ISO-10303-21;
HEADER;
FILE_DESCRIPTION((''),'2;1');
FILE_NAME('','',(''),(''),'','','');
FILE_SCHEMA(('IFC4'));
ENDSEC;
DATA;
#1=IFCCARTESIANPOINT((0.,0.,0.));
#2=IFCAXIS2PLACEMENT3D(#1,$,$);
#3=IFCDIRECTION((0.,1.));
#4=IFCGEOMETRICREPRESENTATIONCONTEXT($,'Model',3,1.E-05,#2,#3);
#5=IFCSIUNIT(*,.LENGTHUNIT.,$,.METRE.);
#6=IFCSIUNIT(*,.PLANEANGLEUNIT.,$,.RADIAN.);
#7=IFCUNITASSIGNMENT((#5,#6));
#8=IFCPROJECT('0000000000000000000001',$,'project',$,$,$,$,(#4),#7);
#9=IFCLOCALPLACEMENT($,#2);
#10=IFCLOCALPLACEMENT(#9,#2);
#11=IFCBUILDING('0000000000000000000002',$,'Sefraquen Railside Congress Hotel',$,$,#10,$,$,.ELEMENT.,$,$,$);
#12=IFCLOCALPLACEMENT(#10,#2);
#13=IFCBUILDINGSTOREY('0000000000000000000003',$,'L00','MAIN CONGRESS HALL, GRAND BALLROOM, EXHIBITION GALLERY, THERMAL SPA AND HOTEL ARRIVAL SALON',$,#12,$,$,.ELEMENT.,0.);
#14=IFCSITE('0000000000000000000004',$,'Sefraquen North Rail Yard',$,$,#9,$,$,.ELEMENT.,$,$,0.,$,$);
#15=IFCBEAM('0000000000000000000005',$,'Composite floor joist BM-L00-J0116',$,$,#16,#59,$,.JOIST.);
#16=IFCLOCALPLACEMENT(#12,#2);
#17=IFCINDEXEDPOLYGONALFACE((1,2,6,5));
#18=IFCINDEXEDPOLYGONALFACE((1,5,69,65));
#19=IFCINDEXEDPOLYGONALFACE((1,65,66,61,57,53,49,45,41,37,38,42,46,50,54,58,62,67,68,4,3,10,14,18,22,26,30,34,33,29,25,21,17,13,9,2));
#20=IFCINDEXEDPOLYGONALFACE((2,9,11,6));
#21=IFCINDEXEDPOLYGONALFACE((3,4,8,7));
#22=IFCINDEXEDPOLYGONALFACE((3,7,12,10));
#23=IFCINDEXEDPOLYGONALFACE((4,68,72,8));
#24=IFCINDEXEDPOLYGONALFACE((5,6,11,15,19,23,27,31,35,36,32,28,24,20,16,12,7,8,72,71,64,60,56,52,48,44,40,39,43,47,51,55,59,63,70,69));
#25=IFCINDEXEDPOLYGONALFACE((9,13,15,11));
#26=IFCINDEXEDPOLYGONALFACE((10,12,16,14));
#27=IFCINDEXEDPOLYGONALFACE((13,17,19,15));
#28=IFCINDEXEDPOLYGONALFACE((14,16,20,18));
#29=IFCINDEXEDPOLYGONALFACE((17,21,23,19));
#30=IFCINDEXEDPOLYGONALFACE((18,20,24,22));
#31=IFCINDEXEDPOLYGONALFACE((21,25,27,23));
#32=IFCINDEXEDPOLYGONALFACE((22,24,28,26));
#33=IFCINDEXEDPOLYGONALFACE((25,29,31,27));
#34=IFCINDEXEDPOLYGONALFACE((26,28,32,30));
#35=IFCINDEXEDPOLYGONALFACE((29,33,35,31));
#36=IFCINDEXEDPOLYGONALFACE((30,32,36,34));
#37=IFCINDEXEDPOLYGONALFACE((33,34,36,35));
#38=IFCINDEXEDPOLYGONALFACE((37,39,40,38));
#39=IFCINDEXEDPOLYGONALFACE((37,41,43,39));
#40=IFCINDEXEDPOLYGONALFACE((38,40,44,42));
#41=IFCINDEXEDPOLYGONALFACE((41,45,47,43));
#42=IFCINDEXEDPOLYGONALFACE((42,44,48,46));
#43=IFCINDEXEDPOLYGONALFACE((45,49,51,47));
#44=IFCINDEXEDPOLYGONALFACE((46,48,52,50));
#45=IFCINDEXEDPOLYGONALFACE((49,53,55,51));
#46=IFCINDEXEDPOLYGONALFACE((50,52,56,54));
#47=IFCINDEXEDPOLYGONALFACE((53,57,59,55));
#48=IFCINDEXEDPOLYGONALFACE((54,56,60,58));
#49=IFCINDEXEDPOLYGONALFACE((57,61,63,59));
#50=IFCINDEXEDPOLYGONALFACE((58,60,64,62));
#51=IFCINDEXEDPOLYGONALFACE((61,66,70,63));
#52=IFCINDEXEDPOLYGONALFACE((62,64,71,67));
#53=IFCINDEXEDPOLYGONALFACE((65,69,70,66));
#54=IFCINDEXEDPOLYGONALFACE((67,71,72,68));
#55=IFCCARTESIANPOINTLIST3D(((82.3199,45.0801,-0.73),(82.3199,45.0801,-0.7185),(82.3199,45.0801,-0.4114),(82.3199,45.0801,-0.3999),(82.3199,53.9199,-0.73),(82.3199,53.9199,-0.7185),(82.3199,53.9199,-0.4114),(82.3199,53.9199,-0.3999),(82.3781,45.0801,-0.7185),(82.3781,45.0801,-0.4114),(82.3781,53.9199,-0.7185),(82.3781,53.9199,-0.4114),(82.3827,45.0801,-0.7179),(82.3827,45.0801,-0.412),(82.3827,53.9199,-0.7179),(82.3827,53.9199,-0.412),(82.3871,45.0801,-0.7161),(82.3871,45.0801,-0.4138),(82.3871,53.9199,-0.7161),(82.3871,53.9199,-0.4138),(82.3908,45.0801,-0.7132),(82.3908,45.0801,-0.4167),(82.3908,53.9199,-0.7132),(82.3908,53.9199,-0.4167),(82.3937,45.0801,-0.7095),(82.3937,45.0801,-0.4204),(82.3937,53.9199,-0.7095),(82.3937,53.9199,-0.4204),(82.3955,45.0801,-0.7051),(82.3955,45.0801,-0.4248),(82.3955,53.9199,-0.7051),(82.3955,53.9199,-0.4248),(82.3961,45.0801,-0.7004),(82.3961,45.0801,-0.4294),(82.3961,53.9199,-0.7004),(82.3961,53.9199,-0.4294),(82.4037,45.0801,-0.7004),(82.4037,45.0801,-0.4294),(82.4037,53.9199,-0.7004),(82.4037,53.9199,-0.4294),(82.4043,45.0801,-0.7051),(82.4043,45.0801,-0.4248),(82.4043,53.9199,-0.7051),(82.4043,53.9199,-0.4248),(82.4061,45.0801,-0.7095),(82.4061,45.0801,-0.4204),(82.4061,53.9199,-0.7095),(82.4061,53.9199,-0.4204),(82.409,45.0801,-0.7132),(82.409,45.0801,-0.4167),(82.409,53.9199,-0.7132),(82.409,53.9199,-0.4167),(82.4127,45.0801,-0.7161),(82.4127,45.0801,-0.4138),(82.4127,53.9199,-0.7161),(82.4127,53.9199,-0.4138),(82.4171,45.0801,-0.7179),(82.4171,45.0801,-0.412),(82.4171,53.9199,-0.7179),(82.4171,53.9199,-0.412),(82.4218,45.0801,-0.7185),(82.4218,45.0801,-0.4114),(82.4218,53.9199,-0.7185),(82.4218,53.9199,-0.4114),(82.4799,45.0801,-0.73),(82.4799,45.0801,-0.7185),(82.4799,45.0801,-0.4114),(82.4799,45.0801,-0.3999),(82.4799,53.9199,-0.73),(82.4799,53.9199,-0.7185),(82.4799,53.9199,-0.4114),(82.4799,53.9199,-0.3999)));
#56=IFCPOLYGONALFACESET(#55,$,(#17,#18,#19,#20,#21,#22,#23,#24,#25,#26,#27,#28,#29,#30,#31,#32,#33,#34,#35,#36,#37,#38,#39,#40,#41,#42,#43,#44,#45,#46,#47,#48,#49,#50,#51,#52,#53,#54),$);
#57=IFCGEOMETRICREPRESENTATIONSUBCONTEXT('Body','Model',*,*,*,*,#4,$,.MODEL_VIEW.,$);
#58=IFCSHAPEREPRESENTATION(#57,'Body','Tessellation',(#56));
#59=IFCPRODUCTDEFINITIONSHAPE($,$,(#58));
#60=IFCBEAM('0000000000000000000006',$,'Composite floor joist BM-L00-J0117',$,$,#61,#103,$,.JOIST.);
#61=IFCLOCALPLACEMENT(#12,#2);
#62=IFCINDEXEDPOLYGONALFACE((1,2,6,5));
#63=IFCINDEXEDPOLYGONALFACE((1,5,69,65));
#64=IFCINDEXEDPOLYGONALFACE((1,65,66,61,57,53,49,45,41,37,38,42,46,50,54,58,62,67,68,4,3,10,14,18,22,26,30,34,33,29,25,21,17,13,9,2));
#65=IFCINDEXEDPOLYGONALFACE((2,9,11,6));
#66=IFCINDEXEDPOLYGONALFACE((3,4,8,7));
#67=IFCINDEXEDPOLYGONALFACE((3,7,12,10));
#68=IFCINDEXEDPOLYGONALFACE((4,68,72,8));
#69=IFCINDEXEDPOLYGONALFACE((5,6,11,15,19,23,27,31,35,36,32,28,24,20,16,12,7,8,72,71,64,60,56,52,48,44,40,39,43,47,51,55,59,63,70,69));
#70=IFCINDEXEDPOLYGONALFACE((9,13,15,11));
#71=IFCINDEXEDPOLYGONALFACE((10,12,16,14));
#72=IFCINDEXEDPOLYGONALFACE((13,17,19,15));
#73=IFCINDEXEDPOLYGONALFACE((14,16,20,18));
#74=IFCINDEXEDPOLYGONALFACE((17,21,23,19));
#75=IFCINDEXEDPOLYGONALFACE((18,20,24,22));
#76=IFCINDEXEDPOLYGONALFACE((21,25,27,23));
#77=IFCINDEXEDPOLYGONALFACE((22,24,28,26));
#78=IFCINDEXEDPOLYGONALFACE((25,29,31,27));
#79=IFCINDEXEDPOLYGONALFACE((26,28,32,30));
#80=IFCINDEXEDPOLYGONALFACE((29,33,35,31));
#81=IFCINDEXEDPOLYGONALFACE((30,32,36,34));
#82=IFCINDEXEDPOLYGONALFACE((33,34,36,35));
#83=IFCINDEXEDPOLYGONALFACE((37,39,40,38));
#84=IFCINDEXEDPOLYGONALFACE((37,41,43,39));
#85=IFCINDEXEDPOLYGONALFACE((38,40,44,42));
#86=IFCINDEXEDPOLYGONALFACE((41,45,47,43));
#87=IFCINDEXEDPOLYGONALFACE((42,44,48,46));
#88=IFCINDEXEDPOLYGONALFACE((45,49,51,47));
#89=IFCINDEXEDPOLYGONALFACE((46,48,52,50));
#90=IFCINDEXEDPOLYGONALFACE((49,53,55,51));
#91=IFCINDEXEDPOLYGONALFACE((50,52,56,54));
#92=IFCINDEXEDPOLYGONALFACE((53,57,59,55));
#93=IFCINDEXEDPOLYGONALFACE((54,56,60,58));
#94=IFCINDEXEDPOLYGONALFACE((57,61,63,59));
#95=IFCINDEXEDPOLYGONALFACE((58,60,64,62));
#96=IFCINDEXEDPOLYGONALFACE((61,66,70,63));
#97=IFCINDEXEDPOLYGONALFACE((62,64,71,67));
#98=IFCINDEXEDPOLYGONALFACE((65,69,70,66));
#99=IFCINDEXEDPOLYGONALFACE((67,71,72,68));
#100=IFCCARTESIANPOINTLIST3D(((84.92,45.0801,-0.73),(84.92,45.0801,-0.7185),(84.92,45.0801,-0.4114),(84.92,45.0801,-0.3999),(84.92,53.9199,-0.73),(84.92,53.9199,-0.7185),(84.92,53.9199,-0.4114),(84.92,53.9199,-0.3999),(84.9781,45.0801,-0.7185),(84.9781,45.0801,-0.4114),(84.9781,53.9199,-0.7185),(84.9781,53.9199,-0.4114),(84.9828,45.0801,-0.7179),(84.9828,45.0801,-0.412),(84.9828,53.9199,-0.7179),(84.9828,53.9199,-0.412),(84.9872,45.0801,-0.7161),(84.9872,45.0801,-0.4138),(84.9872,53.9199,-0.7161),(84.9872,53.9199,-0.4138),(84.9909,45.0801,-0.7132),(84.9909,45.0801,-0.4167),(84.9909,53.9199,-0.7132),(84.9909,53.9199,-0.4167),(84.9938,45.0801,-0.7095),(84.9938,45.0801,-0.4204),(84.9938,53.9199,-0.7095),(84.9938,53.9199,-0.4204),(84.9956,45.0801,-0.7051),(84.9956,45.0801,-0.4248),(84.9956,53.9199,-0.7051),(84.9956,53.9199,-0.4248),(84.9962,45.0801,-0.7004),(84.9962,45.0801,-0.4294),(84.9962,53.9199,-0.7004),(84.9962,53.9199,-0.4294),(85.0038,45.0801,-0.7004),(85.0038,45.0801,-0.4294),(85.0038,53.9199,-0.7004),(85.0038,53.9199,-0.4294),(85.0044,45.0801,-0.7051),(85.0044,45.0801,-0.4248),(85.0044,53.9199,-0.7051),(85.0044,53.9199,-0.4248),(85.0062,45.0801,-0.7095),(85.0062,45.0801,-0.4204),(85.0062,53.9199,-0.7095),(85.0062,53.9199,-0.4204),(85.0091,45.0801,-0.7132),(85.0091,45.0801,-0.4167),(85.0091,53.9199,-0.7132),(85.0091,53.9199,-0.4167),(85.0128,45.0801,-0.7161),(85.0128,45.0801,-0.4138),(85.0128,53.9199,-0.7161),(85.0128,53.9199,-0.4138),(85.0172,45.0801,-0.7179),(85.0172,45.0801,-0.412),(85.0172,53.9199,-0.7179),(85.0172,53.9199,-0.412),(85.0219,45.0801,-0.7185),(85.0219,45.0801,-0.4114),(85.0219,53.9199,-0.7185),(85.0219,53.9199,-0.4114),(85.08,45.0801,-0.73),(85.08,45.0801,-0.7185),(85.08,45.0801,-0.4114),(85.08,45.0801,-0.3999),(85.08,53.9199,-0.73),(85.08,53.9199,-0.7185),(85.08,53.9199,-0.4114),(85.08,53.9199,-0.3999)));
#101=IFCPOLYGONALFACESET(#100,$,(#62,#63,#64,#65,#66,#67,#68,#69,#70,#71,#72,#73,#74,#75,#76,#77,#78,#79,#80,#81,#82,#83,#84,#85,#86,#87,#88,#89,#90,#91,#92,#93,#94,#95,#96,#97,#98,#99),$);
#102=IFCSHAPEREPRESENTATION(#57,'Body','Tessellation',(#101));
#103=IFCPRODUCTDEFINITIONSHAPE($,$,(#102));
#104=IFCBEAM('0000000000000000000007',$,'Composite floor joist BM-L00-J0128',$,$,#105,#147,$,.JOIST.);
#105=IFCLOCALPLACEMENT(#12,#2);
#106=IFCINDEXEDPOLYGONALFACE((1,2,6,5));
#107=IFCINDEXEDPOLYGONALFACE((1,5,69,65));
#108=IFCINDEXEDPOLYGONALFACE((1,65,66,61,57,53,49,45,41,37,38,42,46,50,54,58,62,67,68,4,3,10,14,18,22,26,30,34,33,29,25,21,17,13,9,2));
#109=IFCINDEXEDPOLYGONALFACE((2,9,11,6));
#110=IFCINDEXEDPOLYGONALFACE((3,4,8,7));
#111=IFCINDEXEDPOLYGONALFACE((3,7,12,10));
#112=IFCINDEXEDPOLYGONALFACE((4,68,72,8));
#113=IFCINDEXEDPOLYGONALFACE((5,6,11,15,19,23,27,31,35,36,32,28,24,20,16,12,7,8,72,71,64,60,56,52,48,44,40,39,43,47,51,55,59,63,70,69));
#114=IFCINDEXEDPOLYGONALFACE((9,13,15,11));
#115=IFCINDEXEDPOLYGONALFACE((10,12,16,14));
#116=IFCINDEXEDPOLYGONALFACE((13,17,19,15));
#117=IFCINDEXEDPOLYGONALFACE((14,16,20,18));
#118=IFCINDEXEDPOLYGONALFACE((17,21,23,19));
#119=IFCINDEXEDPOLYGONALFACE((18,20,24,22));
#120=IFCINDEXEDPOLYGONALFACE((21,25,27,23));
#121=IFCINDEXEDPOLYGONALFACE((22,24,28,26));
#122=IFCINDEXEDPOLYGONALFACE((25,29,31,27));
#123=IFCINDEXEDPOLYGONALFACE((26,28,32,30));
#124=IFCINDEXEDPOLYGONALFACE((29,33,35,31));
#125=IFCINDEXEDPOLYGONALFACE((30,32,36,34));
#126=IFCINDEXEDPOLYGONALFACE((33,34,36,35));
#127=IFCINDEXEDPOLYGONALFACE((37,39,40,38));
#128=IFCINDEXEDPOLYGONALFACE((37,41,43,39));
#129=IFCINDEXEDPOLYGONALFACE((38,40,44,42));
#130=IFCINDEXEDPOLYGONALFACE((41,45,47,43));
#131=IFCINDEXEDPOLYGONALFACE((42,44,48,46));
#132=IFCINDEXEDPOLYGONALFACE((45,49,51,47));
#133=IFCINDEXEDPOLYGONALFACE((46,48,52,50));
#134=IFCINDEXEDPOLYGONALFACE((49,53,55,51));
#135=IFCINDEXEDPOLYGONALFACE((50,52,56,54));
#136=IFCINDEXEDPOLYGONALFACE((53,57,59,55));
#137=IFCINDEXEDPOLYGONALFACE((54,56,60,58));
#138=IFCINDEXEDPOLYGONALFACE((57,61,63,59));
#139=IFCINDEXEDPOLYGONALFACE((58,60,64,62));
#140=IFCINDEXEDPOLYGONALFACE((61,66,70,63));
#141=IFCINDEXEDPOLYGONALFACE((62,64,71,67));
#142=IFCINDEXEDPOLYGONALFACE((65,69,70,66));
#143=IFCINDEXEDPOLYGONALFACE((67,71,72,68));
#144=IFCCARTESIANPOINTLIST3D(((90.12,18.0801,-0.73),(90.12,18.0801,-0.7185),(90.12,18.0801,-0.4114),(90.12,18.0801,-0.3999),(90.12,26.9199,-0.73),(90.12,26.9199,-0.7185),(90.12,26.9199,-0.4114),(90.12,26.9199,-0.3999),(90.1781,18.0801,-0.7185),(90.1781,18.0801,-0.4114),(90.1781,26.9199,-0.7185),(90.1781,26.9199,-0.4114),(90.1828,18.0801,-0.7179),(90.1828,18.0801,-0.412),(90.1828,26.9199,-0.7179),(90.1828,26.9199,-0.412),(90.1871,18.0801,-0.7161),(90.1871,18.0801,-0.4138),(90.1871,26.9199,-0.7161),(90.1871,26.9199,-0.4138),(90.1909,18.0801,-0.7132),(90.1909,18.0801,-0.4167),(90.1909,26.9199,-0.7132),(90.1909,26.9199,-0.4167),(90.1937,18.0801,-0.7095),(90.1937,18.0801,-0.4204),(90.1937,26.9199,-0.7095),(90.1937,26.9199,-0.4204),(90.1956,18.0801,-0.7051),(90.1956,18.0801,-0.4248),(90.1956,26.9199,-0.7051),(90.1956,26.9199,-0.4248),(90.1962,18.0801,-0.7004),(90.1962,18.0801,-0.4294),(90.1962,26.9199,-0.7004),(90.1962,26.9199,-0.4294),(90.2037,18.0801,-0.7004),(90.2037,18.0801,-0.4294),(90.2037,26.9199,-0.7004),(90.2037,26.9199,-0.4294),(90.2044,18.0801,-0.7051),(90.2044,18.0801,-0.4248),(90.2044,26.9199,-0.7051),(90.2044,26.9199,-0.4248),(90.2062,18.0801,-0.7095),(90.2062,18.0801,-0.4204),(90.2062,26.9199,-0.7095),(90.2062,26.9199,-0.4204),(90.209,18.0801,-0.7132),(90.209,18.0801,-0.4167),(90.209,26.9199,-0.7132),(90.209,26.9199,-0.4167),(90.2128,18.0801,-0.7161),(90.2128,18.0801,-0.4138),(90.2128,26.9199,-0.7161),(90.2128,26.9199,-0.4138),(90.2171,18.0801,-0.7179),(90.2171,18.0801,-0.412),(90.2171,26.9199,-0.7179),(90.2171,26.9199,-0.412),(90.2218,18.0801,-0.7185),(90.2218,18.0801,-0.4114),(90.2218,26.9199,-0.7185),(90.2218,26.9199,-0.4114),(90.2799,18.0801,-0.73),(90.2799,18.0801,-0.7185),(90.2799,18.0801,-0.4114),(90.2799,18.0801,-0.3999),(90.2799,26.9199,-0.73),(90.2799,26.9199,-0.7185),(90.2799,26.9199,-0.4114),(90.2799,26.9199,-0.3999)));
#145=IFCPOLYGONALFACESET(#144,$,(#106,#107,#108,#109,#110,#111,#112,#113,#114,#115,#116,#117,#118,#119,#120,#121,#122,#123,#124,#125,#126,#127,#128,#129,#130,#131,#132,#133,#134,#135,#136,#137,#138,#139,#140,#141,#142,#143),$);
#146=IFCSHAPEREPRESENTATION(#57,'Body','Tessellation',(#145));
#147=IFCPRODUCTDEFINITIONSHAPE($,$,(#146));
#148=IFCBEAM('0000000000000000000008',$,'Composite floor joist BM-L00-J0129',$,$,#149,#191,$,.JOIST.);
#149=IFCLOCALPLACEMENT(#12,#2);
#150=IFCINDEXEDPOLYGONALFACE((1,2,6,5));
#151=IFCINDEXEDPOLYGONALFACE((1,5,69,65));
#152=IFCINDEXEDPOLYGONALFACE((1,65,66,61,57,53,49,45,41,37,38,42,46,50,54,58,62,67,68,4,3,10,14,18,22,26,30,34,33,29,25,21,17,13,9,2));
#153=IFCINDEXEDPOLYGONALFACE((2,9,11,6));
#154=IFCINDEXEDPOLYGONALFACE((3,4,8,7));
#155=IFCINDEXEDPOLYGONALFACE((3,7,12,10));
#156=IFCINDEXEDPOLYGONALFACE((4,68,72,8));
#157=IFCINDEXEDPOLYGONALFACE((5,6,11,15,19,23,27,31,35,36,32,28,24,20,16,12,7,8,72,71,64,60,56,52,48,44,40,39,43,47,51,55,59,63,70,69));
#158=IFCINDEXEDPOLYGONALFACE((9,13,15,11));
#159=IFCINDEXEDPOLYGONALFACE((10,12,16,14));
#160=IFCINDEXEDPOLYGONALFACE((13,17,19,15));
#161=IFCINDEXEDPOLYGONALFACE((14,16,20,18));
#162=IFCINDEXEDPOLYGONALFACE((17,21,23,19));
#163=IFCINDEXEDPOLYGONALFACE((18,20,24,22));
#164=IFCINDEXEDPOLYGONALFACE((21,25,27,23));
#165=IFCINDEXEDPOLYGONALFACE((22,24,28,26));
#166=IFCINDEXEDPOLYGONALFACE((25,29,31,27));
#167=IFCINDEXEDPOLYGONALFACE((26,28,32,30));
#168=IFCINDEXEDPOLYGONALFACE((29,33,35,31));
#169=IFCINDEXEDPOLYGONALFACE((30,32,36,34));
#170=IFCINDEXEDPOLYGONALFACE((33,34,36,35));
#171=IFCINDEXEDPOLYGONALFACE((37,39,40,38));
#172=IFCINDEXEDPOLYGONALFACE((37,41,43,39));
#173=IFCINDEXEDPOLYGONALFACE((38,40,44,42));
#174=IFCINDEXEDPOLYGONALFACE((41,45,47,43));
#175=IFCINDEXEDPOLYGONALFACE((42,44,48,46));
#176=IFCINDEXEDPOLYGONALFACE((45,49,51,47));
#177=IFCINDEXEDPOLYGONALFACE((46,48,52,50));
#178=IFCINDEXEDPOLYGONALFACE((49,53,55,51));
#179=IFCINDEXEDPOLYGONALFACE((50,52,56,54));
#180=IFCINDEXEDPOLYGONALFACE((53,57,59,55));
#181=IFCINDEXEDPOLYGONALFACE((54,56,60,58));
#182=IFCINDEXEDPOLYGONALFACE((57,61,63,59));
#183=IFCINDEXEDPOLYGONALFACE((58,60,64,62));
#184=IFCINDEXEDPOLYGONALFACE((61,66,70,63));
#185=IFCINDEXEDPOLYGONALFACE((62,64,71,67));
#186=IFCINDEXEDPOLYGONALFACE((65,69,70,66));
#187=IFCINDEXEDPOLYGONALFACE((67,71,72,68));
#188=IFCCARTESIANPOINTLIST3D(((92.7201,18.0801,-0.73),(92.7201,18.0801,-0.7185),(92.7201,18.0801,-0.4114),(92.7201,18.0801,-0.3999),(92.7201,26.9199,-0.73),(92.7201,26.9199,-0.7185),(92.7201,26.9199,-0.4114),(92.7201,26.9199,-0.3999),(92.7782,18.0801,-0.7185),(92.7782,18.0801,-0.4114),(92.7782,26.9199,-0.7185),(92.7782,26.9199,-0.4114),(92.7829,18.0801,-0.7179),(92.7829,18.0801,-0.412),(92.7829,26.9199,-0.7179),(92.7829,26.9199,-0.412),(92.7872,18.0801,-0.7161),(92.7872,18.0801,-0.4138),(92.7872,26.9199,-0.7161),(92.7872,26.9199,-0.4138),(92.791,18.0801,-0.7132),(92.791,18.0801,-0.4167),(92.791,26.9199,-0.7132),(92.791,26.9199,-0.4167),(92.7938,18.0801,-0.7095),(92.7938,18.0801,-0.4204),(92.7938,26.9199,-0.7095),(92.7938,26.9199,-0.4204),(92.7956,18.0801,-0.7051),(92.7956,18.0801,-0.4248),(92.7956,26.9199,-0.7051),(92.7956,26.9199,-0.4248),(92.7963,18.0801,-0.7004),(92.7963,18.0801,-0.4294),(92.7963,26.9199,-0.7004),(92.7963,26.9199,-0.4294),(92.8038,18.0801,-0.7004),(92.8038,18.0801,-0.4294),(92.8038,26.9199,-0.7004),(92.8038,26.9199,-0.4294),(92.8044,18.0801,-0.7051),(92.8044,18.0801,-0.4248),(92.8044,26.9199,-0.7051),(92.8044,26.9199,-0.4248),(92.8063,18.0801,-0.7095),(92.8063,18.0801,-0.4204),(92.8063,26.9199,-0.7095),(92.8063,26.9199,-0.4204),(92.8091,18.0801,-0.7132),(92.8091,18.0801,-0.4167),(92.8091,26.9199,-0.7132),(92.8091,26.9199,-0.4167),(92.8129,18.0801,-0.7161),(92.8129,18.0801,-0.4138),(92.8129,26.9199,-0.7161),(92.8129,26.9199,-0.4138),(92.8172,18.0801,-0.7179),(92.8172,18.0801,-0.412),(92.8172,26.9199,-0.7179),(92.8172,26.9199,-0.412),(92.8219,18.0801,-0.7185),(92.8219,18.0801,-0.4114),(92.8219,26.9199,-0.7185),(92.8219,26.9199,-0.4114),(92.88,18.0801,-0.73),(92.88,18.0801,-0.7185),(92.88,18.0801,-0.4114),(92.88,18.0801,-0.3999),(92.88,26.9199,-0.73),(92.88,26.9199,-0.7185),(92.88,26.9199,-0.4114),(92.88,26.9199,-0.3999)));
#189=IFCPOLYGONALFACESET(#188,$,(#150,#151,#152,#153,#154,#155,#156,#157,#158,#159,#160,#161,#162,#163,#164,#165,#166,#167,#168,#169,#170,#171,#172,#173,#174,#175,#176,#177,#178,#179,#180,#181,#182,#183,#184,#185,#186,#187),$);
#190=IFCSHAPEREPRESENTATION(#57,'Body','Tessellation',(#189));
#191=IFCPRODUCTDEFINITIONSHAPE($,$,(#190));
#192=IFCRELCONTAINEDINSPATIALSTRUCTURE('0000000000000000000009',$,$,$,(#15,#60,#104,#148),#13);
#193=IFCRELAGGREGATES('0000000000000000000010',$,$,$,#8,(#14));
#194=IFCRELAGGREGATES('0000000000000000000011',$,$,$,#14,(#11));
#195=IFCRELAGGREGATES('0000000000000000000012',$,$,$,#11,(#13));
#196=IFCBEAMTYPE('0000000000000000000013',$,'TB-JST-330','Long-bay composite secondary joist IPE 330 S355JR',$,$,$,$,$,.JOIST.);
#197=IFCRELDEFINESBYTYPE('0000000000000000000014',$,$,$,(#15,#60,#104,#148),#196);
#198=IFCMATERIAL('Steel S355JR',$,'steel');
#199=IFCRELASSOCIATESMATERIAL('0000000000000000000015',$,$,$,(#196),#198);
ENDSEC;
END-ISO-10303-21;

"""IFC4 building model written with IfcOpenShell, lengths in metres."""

from ifc_helpers import new_model, si_unit, direction, frame, origin, origin_2d, place, context, subcontext, project, spatial, i_section, extrude, material, material_profile, profile_set, type_object, element, save


model = new_model("IFC4")

# Units and contexts
model_context = context("Model", 3, precision=1e-05, world=origin(), true_north=direction((0.0, 1.0)))
body_context = subcontext(model_context, "Body", "Model", "MODEL_VIEW")
ifc_project = project(units=[si_unit("LENGTHUNIT", "METRE"), si_unit("PLANEANGLEUNIT", "RADIAN")], contexts=[model_context])

# Site, building, storey
site_placement = place(None, origin())
site = spatial("IfcSite", under=ifc_project, at=site_placement, Name="Sefraquen North Rail Yard", CompositionType="ELEMENT", RefElevation=0.0)
building_placement = place(site_placement, origin())
building = spatial("IfcBuilding", under=site, at=building_placement, Name="Sefraquen Railside Congress Hotel", CompositionType="ELEMENT")
storey_placement = place(building_placement, origin())
storey = spatial("IfcBuildingStorey", under=building, at=storey_placement, Name="L00", Description="MAIN CONGRESS HALL, GRAND BALLROOM, EXHIBITION GALLERY, THERMAL SPA AND HOTEL ARRIVAL SALON", CompositionType="ELEMENT", Elevation=0.0)

# Shared definitions
ifc_material_1 = material(Name="Steel S355JR", Category="steel")

# Beams
ifc_material_profile_1 = material_profile(ifc_material_1, i_section(OverallWidth=0.1599, OverallDepth=0.3301, WebThickness=0.0076, FlangeThickness=0.0115, FilletRadius=0.0181, at=origin_2d()), Name="IPE 330")
ifc_profile_set_1 = profile_set([ifc_material_profile_1], Name="Steel S355JR")
beam_type_1 = type_object("IfcBeamType", Name="TB-JST-330", Description="Long-bay composite secondary joist IPE 330 S355JR", PredefinedType="JOIST", material=ifc_profile_set_1)
for number, where, z_axis, x_axis, name in (
    (1, (82.3999, 45.0801, -0.5649), (0.0, 1.0, 0.0), (-1.0, 0.0, 0.0), "Composite floor joist BM-L00-J0116"),
    (2, (85.0, 45.0801, -0.5649), (0.0, 1.0, 0.0), (-1.0, 0.0, 0.0), "Composite floor joist BM-L00-J0117"),
    (3, (90.2, 18.0801, -0.5649), (0.0, 1.0, 0.0), (-1.0, 0.0, 0.0), "Composite floor joist BM-L00-J0128"),
    (4, (92.8, 18.0801, -0.5649), (0.0, 1.0, 0.0), (-1.0, 0.0, 0.0), "Composite floor joist BM-L00-J0129"),
):
    element("IfcBeam", number, at=place(storey_placement, frame(where, z_axis=z_axis, x_axis=x_axis)), inside=storey, type_object=beam_type_1, Name=name, PredefinedType="JOIST", context=body_context, shape_type="SweptSolid", body=[
        extrude(i_section(OverallWidth=0.1599, OverallDepth=0.3301, WebThickness=0.0076, FlangeThickness=0.0115, FilletRadius=0.0181, at=origin_2d()), origin(), (0.0, 0.0, 1.0), 8.8398),
    ])

save(model, "model.ifc")
